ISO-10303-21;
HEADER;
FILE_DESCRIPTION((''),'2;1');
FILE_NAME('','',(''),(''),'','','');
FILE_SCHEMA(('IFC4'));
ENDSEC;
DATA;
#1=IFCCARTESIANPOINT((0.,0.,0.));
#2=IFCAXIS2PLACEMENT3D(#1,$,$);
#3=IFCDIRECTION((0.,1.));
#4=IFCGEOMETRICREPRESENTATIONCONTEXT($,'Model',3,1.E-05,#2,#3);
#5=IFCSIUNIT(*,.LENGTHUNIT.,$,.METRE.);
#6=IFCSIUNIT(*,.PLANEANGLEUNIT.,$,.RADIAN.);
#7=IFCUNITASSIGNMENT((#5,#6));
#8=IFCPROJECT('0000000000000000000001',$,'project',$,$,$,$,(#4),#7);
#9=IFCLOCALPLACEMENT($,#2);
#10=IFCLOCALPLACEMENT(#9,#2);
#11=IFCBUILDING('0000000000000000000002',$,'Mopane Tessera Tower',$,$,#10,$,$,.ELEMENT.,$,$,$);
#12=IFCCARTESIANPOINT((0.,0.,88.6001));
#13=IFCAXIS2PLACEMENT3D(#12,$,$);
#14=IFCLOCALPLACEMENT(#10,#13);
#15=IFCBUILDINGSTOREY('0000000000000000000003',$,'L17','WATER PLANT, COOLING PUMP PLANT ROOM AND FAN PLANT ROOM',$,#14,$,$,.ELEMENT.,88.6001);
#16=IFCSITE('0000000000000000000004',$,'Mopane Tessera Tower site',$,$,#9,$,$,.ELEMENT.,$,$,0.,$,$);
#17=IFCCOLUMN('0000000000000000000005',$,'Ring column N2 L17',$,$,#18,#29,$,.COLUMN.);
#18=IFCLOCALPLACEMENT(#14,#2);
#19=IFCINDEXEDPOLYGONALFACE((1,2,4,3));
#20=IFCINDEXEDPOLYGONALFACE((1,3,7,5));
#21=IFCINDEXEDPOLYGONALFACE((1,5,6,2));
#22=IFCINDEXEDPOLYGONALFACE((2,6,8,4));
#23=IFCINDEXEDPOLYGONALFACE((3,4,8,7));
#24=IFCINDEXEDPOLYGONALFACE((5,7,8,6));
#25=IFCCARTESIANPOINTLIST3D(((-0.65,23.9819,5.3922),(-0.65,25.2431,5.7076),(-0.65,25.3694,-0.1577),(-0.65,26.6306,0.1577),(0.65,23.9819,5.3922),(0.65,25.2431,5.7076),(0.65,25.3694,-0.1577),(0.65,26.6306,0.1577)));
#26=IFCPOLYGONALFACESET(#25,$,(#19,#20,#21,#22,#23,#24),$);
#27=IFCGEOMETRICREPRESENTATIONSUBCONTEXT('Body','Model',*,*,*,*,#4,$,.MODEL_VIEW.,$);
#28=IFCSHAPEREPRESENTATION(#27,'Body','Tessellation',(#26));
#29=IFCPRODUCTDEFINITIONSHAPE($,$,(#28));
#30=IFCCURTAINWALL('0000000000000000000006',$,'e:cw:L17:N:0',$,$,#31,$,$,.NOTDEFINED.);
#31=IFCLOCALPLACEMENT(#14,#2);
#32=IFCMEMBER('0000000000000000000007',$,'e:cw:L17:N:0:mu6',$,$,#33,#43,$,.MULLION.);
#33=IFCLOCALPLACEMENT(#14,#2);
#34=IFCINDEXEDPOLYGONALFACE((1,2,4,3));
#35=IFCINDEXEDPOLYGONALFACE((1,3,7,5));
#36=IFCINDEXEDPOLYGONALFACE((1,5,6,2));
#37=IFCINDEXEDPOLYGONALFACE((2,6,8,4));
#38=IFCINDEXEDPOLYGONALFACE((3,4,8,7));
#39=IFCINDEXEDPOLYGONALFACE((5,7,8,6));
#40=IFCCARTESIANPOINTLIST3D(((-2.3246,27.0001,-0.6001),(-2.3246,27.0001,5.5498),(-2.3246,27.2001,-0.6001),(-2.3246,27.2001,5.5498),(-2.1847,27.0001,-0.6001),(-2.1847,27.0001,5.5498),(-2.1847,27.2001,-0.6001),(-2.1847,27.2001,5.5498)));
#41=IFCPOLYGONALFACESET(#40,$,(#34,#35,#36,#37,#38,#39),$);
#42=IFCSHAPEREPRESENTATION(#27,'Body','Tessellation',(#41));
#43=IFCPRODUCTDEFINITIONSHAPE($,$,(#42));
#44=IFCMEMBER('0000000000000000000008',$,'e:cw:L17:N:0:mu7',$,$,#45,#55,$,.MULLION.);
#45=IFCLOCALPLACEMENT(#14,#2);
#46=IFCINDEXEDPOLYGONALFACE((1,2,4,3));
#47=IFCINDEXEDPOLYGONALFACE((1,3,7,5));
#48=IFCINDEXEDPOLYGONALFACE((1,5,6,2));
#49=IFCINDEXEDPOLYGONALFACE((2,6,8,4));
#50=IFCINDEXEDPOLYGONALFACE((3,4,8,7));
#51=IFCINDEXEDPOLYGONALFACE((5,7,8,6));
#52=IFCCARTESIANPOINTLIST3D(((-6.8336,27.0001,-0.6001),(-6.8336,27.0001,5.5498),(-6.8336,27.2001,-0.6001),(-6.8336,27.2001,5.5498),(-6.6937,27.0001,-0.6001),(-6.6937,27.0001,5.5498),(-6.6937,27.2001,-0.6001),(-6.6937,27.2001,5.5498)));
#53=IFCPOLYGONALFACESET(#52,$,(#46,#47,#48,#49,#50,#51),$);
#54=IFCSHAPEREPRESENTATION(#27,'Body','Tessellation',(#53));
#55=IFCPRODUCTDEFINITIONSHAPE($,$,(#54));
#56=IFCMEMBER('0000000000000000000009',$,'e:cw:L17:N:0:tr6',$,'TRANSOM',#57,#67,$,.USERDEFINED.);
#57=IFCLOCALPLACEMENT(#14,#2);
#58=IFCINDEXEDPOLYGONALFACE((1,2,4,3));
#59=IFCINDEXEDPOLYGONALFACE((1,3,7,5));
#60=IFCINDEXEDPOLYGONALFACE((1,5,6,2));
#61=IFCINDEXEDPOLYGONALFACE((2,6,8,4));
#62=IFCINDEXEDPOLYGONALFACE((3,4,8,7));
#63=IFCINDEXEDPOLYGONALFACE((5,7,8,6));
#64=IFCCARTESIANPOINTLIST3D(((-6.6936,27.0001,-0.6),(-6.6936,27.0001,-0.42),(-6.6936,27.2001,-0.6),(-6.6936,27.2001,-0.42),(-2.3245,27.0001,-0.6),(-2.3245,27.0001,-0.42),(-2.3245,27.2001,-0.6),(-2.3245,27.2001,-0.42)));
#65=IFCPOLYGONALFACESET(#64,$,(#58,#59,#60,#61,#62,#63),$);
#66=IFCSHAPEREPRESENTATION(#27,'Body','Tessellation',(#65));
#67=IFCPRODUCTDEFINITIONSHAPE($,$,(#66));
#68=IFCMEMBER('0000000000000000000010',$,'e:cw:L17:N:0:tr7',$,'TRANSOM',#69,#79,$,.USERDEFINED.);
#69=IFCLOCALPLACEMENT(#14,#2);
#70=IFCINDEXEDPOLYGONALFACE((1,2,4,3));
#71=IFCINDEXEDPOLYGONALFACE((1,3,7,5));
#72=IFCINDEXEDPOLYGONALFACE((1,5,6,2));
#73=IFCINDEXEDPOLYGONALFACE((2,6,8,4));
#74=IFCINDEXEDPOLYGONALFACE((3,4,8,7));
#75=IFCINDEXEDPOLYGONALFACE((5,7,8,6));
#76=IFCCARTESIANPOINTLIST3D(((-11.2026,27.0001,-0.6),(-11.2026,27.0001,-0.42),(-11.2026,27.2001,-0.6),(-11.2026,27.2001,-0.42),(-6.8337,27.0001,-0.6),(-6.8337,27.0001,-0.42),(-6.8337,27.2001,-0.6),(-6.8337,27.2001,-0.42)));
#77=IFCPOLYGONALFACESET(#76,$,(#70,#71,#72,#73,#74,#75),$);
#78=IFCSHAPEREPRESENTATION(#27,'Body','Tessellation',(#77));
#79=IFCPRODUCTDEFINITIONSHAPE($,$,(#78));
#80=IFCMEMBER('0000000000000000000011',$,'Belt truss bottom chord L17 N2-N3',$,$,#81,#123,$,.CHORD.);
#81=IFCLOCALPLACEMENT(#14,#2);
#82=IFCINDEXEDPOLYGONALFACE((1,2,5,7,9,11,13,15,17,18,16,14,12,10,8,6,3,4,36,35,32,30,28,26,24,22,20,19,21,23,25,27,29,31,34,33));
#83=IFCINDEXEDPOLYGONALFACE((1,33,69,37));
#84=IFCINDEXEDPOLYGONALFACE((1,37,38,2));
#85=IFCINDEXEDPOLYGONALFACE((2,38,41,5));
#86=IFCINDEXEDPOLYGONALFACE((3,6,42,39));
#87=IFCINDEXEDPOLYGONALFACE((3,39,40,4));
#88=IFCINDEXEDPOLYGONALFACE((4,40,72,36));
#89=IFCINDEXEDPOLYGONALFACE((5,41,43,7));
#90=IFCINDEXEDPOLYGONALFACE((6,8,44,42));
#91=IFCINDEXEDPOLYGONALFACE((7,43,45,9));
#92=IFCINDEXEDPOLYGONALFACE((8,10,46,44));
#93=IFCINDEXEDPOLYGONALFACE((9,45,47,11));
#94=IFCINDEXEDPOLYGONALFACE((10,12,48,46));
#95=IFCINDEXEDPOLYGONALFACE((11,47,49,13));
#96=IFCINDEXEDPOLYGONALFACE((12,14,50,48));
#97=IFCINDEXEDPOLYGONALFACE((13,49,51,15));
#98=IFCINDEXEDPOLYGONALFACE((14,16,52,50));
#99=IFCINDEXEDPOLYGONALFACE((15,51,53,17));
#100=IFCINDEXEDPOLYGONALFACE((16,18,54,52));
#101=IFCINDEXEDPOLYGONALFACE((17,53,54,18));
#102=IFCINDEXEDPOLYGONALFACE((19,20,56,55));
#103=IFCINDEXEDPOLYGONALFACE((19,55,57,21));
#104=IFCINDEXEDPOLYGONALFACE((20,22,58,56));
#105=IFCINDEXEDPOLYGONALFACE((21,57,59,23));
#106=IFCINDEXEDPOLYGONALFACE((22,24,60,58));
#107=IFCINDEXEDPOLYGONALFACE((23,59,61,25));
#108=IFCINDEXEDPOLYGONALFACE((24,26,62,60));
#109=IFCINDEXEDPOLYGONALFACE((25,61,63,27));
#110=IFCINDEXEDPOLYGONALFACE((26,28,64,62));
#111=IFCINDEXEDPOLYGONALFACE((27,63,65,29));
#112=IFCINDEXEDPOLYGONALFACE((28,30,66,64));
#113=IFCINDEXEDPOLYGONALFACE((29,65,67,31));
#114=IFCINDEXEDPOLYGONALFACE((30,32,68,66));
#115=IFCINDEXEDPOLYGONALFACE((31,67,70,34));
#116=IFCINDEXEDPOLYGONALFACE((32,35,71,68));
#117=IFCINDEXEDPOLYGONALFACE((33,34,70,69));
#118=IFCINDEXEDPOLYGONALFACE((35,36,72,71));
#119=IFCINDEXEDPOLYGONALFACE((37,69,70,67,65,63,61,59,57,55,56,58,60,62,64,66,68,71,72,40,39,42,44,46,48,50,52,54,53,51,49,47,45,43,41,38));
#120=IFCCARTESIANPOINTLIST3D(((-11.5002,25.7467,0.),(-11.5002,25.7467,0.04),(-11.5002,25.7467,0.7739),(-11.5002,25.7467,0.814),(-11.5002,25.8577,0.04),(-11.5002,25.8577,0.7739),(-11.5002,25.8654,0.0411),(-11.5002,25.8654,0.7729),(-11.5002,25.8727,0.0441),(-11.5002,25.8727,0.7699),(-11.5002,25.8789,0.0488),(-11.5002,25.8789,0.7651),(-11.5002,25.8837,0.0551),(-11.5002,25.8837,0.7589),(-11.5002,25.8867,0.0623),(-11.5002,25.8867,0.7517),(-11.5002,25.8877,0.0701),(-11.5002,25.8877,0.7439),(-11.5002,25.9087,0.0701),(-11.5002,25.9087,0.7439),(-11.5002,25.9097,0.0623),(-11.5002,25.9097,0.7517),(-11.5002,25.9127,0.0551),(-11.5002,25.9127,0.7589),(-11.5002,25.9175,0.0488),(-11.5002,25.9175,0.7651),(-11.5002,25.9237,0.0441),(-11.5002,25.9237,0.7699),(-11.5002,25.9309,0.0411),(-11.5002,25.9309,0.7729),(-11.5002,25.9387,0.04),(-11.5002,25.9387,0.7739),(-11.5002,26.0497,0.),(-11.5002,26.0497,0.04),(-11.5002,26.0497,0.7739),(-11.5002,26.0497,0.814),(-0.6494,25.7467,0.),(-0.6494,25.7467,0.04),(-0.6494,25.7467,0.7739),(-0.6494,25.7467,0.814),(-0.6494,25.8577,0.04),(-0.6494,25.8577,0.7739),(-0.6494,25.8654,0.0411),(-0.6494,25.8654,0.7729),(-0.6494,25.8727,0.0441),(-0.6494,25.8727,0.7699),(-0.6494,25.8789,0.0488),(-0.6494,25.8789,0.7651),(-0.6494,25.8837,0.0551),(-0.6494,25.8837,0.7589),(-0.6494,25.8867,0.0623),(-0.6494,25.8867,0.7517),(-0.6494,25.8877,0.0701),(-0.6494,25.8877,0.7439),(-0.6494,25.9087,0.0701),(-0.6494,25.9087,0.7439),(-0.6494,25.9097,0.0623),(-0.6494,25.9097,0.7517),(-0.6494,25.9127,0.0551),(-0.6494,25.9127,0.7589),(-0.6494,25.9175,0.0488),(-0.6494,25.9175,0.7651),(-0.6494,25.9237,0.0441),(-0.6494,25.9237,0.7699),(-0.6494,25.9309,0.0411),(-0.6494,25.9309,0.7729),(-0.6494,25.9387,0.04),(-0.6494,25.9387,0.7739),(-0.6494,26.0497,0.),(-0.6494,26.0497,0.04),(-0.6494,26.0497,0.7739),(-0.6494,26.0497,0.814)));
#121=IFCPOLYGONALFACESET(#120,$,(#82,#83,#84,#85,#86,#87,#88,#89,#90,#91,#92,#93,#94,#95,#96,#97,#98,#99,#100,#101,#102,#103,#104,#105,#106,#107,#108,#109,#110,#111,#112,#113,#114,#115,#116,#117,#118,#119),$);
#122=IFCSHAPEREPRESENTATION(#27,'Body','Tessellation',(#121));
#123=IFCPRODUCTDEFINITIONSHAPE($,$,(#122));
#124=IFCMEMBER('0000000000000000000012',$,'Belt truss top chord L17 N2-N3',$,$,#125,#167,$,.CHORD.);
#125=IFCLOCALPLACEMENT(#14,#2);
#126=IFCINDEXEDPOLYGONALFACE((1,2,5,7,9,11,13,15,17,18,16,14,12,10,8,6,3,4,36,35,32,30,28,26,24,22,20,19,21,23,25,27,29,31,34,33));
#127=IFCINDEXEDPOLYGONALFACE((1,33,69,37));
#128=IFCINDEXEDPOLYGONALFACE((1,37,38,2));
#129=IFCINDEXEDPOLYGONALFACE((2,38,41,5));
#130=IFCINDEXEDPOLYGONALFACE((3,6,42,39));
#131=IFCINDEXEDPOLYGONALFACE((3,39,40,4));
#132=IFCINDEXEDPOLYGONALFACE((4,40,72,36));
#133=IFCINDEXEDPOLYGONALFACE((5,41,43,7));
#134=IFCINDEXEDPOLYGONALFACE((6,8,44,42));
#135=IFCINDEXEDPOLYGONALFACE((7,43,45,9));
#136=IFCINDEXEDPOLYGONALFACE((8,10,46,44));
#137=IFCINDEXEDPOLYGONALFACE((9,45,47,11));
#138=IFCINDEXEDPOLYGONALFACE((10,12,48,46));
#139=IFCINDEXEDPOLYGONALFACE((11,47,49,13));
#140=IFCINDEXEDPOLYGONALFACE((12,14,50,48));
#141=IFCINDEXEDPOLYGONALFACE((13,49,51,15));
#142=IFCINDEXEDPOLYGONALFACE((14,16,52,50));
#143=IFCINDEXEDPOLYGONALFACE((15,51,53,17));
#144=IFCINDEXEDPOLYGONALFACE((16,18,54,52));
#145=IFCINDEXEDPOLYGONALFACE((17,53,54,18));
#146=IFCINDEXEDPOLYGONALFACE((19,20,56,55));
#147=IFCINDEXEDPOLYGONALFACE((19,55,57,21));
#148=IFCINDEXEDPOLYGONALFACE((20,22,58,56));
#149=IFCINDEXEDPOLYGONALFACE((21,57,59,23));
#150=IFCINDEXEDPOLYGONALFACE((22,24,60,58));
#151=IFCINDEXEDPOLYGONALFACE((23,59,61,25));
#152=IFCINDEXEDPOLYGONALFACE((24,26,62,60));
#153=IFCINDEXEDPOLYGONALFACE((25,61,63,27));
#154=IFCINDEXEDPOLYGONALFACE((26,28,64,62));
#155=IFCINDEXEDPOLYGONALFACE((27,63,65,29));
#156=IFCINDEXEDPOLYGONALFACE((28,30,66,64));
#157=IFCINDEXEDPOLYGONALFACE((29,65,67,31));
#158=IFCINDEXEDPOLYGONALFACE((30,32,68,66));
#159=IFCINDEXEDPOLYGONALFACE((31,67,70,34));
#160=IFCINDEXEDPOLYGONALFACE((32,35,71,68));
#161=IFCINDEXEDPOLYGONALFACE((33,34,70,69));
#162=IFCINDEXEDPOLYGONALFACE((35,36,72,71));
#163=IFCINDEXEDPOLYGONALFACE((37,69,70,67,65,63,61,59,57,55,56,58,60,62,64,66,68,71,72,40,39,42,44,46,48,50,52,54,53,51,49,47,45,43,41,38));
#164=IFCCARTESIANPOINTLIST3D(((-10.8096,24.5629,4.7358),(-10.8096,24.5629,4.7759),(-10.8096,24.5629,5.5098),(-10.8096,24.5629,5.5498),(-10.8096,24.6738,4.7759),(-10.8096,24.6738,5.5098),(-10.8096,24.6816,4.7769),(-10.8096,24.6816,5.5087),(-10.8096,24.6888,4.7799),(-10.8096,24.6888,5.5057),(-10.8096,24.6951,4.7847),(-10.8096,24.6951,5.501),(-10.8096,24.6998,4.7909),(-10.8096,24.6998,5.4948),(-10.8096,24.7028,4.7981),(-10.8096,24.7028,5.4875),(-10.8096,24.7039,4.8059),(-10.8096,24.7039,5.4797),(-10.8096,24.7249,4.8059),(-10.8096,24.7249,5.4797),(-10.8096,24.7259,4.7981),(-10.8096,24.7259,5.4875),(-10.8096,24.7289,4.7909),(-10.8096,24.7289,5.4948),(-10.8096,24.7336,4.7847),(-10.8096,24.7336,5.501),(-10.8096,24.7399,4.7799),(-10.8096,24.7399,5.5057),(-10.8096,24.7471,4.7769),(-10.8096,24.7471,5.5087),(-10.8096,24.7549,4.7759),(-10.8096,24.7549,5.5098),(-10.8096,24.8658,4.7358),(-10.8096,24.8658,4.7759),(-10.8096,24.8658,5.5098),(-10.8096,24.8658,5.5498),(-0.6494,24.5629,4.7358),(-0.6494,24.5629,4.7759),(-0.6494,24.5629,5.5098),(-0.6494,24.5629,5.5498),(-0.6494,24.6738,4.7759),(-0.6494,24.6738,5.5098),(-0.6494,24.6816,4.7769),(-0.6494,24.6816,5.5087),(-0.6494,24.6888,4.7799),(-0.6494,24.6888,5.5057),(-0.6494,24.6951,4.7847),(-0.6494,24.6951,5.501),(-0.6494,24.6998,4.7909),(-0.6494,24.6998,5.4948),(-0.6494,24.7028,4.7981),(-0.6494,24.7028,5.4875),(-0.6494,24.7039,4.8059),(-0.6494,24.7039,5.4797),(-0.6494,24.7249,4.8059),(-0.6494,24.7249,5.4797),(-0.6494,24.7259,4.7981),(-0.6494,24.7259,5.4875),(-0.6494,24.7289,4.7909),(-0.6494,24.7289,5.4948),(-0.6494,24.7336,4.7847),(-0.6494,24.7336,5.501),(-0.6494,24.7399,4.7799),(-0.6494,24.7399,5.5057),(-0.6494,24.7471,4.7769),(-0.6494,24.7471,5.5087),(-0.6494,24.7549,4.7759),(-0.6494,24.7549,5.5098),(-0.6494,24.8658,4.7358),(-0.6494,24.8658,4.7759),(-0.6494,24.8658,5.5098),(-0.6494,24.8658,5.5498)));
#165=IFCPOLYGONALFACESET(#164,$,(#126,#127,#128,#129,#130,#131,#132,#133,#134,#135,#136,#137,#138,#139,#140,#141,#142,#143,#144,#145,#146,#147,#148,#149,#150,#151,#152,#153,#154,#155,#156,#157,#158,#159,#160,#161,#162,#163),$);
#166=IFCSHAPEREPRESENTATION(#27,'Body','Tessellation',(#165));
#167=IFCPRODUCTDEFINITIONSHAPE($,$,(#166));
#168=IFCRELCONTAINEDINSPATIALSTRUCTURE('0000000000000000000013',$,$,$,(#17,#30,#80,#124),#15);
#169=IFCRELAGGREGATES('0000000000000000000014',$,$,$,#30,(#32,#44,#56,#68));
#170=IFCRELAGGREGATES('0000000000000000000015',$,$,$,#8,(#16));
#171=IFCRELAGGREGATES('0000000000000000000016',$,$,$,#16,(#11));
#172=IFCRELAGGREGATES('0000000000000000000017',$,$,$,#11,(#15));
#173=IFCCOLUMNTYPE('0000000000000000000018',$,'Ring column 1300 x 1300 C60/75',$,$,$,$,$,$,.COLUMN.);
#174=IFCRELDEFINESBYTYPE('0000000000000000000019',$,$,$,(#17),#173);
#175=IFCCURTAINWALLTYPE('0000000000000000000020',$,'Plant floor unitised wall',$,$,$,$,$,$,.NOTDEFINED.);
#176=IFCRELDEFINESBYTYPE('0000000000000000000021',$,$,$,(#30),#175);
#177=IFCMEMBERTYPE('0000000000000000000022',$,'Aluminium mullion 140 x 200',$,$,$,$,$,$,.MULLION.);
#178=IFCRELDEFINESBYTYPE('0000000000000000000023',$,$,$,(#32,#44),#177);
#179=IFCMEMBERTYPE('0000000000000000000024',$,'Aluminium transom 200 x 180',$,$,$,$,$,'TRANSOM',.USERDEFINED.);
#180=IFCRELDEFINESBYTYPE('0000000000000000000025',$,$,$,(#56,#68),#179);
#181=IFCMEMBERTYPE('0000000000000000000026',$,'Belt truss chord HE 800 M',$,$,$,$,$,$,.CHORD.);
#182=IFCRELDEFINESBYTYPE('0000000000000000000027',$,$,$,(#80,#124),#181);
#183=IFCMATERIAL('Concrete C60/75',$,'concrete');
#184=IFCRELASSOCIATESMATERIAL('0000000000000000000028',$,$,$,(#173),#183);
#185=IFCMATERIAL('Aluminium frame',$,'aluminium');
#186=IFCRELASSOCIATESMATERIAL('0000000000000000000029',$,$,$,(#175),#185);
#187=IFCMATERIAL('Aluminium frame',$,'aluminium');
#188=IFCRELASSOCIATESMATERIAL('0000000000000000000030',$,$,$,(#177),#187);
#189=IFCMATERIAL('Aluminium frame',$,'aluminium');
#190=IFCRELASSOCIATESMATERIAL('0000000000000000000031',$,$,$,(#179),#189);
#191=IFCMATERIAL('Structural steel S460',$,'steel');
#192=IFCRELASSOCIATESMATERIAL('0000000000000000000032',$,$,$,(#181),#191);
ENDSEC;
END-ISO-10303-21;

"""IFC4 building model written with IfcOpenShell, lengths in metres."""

from ifc_helpers import new_model, si_unit, direction, frame, origin, origin_2d, place, context, subcontext, project, spatial, rectangle, i_section, extrude, material, material_profile, profile_set, type_object, element, aggregate, save


model = new_model("IFC4")

# Units and contexts
model_context = context("Model", 3, precision=1e-05, world=origin(), true_north=direction((0.0, 1.0)))
body_context = subcontext(model_context, "Body", "Model", "MODEL_VIEW")
ifc_project = project(units=[si_unit("LENGTHUNIT", "METRE"), si_unit("PLANEANGLEUNIT", "RADIAN")], contexts=[model_context])

# Site, building, storey
site_placement = place(None, origin())
site = spatial("IfcSite", under=ifc_project, at=site_placement, Name="Mopane Tessera Tower site", CompositionType="ELEMENT", RefElevation=0.0)
building_placement = place(site_placement, origin())
building = spatial("IfcBuilding", under=site, at=building_placement, Name="Mopane Tessera Tower", CompositionType="ELEMENT")
storey_placement = place(building_placement, frame((0.0, 0.0, 88.6001)))
storey = spatial("IfcBuildingStorey", under=building, at=storey_placement, Name="L17", Description="WATER PLANT, COOLING PUMP PLANT ROOM AND FAN PLANT ROOM", CompositionType="ELEMENT", Elevation=88.6001)

# Column
ifc_material_1 = material(Name="Concrete C60/75", Category="concrete")
ifc_material_profile_1 = material_profile(ifc_material_1, rectangle(XDim=1.3, YDim=1.3, at=origin_2d()))
ifc_profile_set_1 = profile_set([ifc_material_profile_1], Name="Concrete C60/75")
column_type = type_object("IfcColumnType", Name="Ring column 1300 x 1300 C60/75", PredefinedType="COLUMN", material=ifc_profile_set_1)
column_placement = place(storey_placement, frame((0.0, 26.0, 0.0), z_axis=(0.0, -0.242536, 0.970143), x_axis=(1.0, 0.0, 0.0)))
element("IfcColumn", 1, at=column_placement, inside=storey, type_object=column_type, Name="Ring column N2 L17", PredefinedType="COLUMN", context=body_context, shape_type="SweptSolid", body=[
    extrude(rectangle(XDim=1.3, YDim=1.3, at=origin_2d()), origin(), (0.0, 0.0, 1.0), 5.7207),
])

# Curtain wall, members
ifc_material_2 = material(Name="Aluminium frame", Category="aluminium")
curtain_wall_type = type_object("IfcCurtainWallType", Name="Plant floor unitised wall", PredefinedType="NOTDEFINED", material=ifc_material_2)
curtain_wall_placement = place(storey_placement, origin())
curtain_wall = element("IfcCurtainWall", 2, at=curtain_wall_placement, inside=storey, type_object=curtain_wall_type, Name="e:cw:L17:N:0", PredefinedType="NOTDEFINED")
ifc_material_3 = material(Name="Aluminium frame", Category="aluminium")
ifc_material_profile_2 = material_profile(ifc_material_3, rectangle(XDim=0.1399, YDim=0.2, at=origin_2d()))
ifc_profile_set_2 = profile_set([ifc_material_profile_2], Name="Aluminium frame")
member_type_1 = type_object("IfcMemberType", Name="Aluminium mullion 140 x 200", PredefinedType="MULLION", material=ifc_profile_set_2)
member_1_placement = place(storey_placement, frame((-2.2546, 27.1001, -0.6001), z_axis=(0.0, 0.0, 1.0), x_axis=(-1.0, 0.0, 0.0)))
member_1 = element("IfcMember", 3, at=member_1_placement, type_object=member_type_1, Name="e:cw:L17:N:0:mu6", PredefinedType="MULLION", context=body_context, shape_type="SweptSolid", body=[
    extrude(rectangle(XDim=0.1399, YDim=0.2, at=origin_2d()), origin(), (0.0, 0.0, 1.0), 6.1499),
])
member_2_placement = place(storey_placement, frame((-6.7637, 27.1001, -0.6001), z_axis=(0.0, 0.0, 1.0), x_axis=(-1.0, 0.0, 0.0)))
member_2 = element("IfcMember", 4, at=member_2_placement, type_object=member_type_1, Name="e:cw:L17:N:0:mu7", PredefinedType="MULLION", context=body_context, shape_type="SweptSolid", body=[
    extrude(rectangle(XDim=0.1399, YDim=0.2, at=origin_2d()), origin(), (0.0, 0.0, 1.0), 6.1499),
])
ifc_material_4 = material(Name="Aluminium frame", Category="aluminium")
ifc_material_profile_3 = material_profile(ifc_material_4, rectangle(XDim=0.2, YDim=0.1799, at=origin_2d()))
ifc_profile_set_3 = profile_set([ifc_material_profile_3], Name="Aluminium frame")
member_type_2 = type_object("IfcMemberType", Name="Aluminium transom 200 x 180", ElementType="TRANSOM", PredefinedType="USERDEFINED", material=ifc_profile_set_3)
member_3_placement = place(storey_placement, frame((-2.3245, 27.1001, -0.51), z_axis=(-1.0, 0.0, 0.0), x_axis=(0.0, -1.0, 0.0)))
member_3 = element("IfcMember", 5, at=member_3_placement, type_object=member_type_2, Name="e:cw:L17:N:0:tr6", ObjectType="TRANSOM", PredefinedType="USERDEFINED", context=body_context, shape_type="SweptSolid", body=[
    extrude(rectangle(XDim=0.2, YDim=0.1799, at=origin_2d()), origin(), (0.0, 0.0, 1.0), 4.3691),
])
member_4_placement = place(storey_placement, frame((-6.8337, 27.1001, -0.51), z_axis=(-1.0, 0.0, 0.0), x_axis=(0.0, -1.0, 0.0)))
member_4 = element("IfcMember", 6, at=member_4_placement, type_object=member_type_2, Name="e:cw:L17:N:0:tr7", ObjectType="TRANSOM", PredefinedType="USERDEFINED", context=body_context, shape_type="SweptSolid", body=[
    extrude(rectangle(XDim=0.2, YDim=0.1799, at=origin_2d()), origin(), (0.0, 0.0, 1.0), 4.3689),
])

# Members
ifc_material_5 = material(Name="Structural steel S460", Category="steel")
ifc_material_profile_4 = material_profile(ifc_material_5, i_section(OverallWidth=0.303, OverallDepth=0.814, WebThickness=0.021, FlangeThickness=0.04, FilletRadius=0.03, at=origin_2d()))
ifc_profile_set_4 = profile_set([ifc_material_profile_4], Name="Structural steel S460")
member_type_3 = type_object("IfcMemberType", Name="Belt truss chord HE 800 M", PredefinedType="CHORD", material=ifc_profile_set_4)
member_5_placement = place(storey_placement, frame((-0.6494, 25.8982, 0.407), z_axis=(-1.0, 0.0, 0.0), x_axis=(0.0, -1.0, 0.0)))
element("IfcMember", 7, at=member_5_placement, inside=storey, type_object=member_type_3, Name="Belt truss bottom chord L17 N2-N3", PredefinedType="CHORD", context=body_context, shape_type="SweptSolid", body=[
    extrude(i_section(OverallWidth=0.303, OverallDepth=0.814, WebThickness=0.021, FlangeThickness=0.04, FilletRadius=0.03, at=origin_2d()), origin(), (0.0, 0.0, 1.0), 10.8508),
])
member_6_placement = place(storey_placement, frame((-0.6494, 24.7144, 5.1428), z_axis=(-1.0, 0.0, 0.0), x_axis=(0.0, -1.0, 0.0)))
element("IfcMember", 8, at=member_6_placement, inside=storey, type_object=member_type_3, Name="Belt truss top chord L17 N2-N3", PredefinedType="CHORD", context=body_context, shape_type="SweptSolid", body=[
    extrude(i_section(OverallWidth=0.303, OverallDepth=0.814, WebThickness=0.021, FlangeThickness=0.04, FilletRadius=0.03, at=origin_2d()), origin(), (0.0, 0.0, 1.0), 10.1602),
])

aggregate(curtain_wall, [member_1, member_2, member_3, member_4])

save(model, "model.ifc")
